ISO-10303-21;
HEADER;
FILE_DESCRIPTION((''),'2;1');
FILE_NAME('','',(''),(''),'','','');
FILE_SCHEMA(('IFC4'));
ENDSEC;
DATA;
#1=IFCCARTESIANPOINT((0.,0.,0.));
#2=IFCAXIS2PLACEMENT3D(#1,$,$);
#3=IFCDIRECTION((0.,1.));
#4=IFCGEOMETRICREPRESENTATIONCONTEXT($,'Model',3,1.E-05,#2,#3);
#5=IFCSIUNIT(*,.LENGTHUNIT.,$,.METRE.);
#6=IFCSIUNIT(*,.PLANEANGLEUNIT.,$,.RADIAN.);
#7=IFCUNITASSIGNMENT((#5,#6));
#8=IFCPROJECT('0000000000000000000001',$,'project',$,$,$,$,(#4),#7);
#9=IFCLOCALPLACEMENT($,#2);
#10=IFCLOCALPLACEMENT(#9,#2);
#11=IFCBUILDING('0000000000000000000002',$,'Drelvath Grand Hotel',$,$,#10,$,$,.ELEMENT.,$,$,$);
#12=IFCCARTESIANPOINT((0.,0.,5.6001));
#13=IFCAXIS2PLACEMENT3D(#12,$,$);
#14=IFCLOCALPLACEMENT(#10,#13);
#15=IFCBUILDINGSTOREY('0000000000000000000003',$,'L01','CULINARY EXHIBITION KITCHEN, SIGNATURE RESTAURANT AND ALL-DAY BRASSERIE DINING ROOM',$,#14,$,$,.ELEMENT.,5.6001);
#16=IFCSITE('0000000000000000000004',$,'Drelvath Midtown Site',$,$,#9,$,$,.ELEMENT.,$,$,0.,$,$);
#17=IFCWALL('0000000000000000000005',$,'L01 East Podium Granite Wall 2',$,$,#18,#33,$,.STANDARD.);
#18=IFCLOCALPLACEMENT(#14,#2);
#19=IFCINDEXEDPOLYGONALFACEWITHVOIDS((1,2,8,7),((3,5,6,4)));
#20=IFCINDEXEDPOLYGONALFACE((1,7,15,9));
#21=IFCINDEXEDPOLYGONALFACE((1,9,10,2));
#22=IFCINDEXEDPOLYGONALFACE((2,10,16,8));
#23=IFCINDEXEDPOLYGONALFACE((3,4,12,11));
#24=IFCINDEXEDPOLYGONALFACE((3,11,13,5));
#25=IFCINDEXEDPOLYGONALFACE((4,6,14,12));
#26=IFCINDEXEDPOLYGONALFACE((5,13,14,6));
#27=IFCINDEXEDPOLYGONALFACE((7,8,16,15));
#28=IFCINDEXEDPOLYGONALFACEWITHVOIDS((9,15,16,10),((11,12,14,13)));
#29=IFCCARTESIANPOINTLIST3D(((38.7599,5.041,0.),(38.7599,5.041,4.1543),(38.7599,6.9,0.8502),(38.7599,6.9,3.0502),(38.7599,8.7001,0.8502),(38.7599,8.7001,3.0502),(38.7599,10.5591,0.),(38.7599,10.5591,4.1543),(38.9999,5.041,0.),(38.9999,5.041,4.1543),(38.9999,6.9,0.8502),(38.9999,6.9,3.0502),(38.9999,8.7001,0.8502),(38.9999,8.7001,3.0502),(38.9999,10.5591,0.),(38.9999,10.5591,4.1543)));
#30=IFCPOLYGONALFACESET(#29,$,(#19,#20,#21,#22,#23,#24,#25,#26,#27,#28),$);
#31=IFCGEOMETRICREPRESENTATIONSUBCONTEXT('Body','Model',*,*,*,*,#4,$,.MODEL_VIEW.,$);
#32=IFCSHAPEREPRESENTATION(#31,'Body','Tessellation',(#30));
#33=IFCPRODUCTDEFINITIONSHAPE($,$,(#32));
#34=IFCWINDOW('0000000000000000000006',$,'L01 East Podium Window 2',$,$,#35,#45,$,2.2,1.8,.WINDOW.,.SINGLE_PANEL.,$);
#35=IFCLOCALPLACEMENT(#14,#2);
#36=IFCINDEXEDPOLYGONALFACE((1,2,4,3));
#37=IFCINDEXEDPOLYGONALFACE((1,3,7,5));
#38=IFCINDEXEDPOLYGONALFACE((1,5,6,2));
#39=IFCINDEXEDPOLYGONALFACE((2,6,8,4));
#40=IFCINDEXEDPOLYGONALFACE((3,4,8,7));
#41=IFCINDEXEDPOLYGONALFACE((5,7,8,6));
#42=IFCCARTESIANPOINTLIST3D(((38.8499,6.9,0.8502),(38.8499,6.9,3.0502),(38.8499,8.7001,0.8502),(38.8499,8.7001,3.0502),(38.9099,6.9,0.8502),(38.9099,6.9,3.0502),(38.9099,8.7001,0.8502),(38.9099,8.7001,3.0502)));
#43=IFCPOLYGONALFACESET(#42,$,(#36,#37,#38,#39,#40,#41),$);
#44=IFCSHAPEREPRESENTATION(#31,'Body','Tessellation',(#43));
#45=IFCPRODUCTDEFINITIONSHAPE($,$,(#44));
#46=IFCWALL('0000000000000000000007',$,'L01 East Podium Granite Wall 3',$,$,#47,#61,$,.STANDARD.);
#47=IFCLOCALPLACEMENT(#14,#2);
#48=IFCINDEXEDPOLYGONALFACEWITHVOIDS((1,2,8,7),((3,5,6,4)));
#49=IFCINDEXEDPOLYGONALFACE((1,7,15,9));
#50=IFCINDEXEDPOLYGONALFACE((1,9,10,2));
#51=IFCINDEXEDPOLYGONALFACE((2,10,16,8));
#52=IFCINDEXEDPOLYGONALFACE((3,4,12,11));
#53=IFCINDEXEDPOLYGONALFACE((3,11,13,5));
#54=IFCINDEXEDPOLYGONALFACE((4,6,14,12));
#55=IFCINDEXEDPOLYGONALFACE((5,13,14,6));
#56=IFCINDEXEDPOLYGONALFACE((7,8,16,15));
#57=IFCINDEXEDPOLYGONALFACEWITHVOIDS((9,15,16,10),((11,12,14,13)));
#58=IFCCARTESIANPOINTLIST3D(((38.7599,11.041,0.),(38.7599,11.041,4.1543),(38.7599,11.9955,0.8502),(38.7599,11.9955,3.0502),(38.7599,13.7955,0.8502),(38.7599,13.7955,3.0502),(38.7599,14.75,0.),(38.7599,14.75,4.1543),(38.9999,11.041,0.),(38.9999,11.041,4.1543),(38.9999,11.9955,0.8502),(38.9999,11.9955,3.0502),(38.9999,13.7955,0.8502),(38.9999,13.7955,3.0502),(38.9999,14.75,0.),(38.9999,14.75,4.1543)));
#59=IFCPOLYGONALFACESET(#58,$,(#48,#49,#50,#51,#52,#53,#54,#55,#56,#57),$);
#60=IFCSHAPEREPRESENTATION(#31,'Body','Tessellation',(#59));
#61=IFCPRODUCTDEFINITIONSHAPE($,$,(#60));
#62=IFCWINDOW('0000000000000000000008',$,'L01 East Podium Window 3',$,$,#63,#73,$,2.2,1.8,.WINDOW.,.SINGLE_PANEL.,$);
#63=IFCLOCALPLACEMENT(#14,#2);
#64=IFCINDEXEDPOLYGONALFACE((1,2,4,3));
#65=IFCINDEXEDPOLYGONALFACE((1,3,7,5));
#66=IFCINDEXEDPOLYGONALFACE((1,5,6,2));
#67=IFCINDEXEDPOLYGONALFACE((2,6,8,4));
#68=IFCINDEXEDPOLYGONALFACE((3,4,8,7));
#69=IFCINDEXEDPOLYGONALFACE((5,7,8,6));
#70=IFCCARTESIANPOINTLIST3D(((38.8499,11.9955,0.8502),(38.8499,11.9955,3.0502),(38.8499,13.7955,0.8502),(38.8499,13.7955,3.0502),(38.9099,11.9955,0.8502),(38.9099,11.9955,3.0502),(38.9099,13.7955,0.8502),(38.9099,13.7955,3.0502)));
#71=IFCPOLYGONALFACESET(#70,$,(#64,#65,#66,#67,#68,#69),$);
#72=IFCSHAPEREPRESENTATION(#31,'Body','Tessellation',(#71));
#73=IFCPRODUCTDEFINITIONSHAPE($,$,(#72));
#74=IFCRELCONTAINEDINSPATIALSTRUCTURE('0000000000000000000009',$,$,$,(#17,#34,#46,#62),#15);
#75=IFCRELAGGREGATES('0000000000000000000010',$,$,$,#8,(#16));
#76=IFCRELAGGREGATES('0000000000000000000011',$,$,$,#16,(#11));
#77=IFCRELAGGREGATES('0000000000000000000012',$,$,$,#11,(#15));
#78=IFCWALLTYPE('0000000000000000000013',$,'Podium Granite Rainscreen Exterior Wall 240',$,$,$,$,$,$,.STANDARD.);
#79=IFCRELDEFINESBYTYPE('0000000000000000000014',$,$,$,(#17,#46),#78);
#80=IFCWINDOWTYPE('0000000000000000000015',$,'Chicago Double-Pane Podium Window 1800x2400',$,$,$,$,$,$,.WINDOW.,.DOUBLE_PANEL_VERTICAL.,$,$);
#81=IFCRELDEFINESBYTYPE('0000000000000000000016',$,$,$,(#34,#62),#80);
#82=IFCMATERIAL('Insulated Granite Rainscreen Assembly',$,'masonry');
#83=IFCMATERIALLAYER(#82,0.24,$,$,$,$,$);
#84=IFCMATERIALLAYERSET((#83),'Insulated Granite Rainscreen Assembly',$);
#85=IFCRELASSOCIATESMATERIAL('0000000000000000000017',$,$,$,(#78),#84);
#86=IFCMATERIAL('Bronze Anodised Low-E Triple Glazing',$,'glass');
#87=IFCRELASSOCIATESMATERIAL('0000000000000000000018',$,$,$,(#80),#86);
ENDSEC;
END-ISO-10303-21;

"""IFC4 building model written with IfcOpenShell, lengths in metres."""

from ifc_helpers import new_model, si_unit, direction, frame, frame_2d, origin, place, context, subcontext, project, spatial, rectangle, extrude, material, layer, layer_set, type_object, element, fill, save


model = new_model("IFC4")

# Units and contexts
model_context = context("Model", 3, precision=1e-05, world=origin(), true_north=direction((0.0, 1.0)))
body_context = subcontext(model_context, "Body", "Model", "MODEL_VIEW")
ifc_project = project(units=[si_unit("LENGTHUNIT", "METRE"), si_unit("PLANEANGLEUNIT", "RADIAN")], contexts=[model_context])

# Site, building, storey
site_placement = place(None, origin())
site = spatial("IfcSite", under=ifc_project, at=site_placement, Name="Drelvath Midtown Site", CompositionType="ELEMENT", RefElevation=0.0)
building_placement = place(site_placement, origin())
building = spatial("IfcBuilding", under=site, at=building_placement, Name="Drelvath Grand Hotel", CompositionType="ELEMENT")
storey_placement = place(building_placement, frame((0.0, 0.0, 5.6001)))
storey = spatial("IfcBuildingStorey", under=building, at=storey_placement, Name="L01", Description="CULINARY EXHIBITION KITCHEN, SIGNATURE RESTAURANT AND ALL-DAY BRASSERIE DINING ROOM", CompositionType="ELEMENT", Elevation=5.6001)

# Walls, openings, windows
ifc_material_1 = material(Name="Insulated Granite Rainscreen Assembly", Category="masonry")
ifc_layer_1 = layer(ifc_material_1, 0.24)
ifc_layer_set_1 = layer_set([ifc_layer_1], Name="Insulated Granite Rainscreen Assembly")
wall_type_1 = type_object("IfcWallType", Name="Podium Granite Rainscreen Exterior Wall 240", PredefinedType="STANDARD", material=ifc_layer_set_1)
wall_1_placement = place(storey_placement, frame((38.8799, 10.5591, 0.0), z_axis=(0.0, 0.0, 1.0), x_axis=(0.0, -1.0, 0.0)))
wall_1 = element("IfcWall", 1, at=wall_1_placement, inside=storey, type_object=wall_type_1, Name="L01 East Podium Granite Wall 2", PredefinedType="STANDARD", context=body_context, shape_type="SweptSolid", body=[
    extrude(rectangle(XDim=5.5181, YDim=0.24, at=frame_2d((2.759, 0.0))), origin(), (0.0, 0.0, 1.0), 4.1543),
])
opening_1_placement = place(wall_1_placement, frame((1.8591, 0.0, 0.8501)))
opening_1 = element("IfcOpeningElement", 2, at=opening_1_placement, cuts=wall_1, PredefinedType="OPENING", context=body_context, shape_type="SweptSolid", body=[
    extrude(rectangle(XDim=1.8, YDim=2.2, at=frame_2d((0.8999, 1.1001))), frame((0.0, 0.1299, 0.0), z_axis=(0.0, -1.0, 0.0), x_axis=(1.0, 0.0, 0.0)), (0.0, 0.0, 1.0), 0.26),
])
ifc_material_2 = material(Name="Bronze Anodised Low-E Triple Glazing", Category="glass")
window_type = type_object("IfcWindowType", Name="Chicago Double-Pane Podium Window 1800x2400", PartitioningType="DOUBLE_PANEL_VERTICAL", PredefinedType="WINDOW", material=ifc_material_2)
window_1_placement = place(opening_1_placement, origin())
window_1 = element("IfcWindow", 3, at=window_1_placement, inside=storey, type_object=window_type, Name="L01 East Podium Window 2", OverallHeight=2.2, OverallWidth=1.8, PartitioningType="SINGLE_PANEL", PredefinedType="WINDOW", context=body_context, shape_type="SweptSolid", body=[
    extrude(rectangle(XDim=1.8, YDim=2.2, at=frame_2d((0.8999, 1.1001))), frame((0.0, 0.03, 0.0), z_axis=(0.0, -1.0, 0.0), x_axis=(1.0, 0.0, 0.0)), (0.0, 0.0, 1.0), 0.0601),
])
fill(opening_1, window_1)
wall_2_placement = place(storey_placement, frame((38.8799, 14.75, 0.0), z_axis=(0.0, 0.0, 1.0), x_axis=(0.0, -1.0, 0.0)))
wall_2 = element("IfcWall", 4, at=wall_2_placement, inside=storey, type_object=wall_type_1, Name="L01 East Podium Granite Wall 3", PredefinedType="STANDARD", context=body_context, shape_type="SweptSolid", body=[
    extrude(rectangle(XDim=3.709, YDim=0.24, at=frame_2d((1.8545, 0.0))), origin(), (0.0, 0.0, 1.0), 4.1543),
])
opening_2_placement = place(wall_2_placement, frame((0.9546, 0.0, 0.8501)))
opening_2 = element("IfcOpeningElement", 5, at=opening_2_placement, cuts=wall_2, PredefinedType="OPENING", context=body_context, shape_type="SweptSolid", body=[
    extrude(rectangle(XDim=1.8, YDim=2.2, at=frame_2d((0.8999, 1.1001))), frame((0.0, 0.1299, 0.0), z_axis=(0.0, -1.0, 0.0), x_axis=(1.0, 0.0, 0.0)), (0.0, 0.0, 1.0), 0.26),
])
window_2_placement = place(opening_2_placement, origin())
window_2 = element("IfcWindow", 6, at=window_2_placement, inside=storey, type_object=window_type, Name="L01 East Podium Window 3", OverallHeight=2.2, OverallWidth=1.8, PartitioningType="SINGLE_PANEL", PredefinedType="WINDOW", context=body_context, shape_type="SweptSolid", body=[
    extrude(rectangle(XDim=1.8, YDim=2.2, at=frame_2d((0.8999, 1.1001))), frame((0.0, 0.03, 0.0), z_axis=(0.0, -1.0, 0.0), x_axis=(1.0, 0.0, 0.0)), (0.0, 0.0, 1.0), 0.0601),
])
fill(opening_2, window_2)

save(model, "model.ifc")
